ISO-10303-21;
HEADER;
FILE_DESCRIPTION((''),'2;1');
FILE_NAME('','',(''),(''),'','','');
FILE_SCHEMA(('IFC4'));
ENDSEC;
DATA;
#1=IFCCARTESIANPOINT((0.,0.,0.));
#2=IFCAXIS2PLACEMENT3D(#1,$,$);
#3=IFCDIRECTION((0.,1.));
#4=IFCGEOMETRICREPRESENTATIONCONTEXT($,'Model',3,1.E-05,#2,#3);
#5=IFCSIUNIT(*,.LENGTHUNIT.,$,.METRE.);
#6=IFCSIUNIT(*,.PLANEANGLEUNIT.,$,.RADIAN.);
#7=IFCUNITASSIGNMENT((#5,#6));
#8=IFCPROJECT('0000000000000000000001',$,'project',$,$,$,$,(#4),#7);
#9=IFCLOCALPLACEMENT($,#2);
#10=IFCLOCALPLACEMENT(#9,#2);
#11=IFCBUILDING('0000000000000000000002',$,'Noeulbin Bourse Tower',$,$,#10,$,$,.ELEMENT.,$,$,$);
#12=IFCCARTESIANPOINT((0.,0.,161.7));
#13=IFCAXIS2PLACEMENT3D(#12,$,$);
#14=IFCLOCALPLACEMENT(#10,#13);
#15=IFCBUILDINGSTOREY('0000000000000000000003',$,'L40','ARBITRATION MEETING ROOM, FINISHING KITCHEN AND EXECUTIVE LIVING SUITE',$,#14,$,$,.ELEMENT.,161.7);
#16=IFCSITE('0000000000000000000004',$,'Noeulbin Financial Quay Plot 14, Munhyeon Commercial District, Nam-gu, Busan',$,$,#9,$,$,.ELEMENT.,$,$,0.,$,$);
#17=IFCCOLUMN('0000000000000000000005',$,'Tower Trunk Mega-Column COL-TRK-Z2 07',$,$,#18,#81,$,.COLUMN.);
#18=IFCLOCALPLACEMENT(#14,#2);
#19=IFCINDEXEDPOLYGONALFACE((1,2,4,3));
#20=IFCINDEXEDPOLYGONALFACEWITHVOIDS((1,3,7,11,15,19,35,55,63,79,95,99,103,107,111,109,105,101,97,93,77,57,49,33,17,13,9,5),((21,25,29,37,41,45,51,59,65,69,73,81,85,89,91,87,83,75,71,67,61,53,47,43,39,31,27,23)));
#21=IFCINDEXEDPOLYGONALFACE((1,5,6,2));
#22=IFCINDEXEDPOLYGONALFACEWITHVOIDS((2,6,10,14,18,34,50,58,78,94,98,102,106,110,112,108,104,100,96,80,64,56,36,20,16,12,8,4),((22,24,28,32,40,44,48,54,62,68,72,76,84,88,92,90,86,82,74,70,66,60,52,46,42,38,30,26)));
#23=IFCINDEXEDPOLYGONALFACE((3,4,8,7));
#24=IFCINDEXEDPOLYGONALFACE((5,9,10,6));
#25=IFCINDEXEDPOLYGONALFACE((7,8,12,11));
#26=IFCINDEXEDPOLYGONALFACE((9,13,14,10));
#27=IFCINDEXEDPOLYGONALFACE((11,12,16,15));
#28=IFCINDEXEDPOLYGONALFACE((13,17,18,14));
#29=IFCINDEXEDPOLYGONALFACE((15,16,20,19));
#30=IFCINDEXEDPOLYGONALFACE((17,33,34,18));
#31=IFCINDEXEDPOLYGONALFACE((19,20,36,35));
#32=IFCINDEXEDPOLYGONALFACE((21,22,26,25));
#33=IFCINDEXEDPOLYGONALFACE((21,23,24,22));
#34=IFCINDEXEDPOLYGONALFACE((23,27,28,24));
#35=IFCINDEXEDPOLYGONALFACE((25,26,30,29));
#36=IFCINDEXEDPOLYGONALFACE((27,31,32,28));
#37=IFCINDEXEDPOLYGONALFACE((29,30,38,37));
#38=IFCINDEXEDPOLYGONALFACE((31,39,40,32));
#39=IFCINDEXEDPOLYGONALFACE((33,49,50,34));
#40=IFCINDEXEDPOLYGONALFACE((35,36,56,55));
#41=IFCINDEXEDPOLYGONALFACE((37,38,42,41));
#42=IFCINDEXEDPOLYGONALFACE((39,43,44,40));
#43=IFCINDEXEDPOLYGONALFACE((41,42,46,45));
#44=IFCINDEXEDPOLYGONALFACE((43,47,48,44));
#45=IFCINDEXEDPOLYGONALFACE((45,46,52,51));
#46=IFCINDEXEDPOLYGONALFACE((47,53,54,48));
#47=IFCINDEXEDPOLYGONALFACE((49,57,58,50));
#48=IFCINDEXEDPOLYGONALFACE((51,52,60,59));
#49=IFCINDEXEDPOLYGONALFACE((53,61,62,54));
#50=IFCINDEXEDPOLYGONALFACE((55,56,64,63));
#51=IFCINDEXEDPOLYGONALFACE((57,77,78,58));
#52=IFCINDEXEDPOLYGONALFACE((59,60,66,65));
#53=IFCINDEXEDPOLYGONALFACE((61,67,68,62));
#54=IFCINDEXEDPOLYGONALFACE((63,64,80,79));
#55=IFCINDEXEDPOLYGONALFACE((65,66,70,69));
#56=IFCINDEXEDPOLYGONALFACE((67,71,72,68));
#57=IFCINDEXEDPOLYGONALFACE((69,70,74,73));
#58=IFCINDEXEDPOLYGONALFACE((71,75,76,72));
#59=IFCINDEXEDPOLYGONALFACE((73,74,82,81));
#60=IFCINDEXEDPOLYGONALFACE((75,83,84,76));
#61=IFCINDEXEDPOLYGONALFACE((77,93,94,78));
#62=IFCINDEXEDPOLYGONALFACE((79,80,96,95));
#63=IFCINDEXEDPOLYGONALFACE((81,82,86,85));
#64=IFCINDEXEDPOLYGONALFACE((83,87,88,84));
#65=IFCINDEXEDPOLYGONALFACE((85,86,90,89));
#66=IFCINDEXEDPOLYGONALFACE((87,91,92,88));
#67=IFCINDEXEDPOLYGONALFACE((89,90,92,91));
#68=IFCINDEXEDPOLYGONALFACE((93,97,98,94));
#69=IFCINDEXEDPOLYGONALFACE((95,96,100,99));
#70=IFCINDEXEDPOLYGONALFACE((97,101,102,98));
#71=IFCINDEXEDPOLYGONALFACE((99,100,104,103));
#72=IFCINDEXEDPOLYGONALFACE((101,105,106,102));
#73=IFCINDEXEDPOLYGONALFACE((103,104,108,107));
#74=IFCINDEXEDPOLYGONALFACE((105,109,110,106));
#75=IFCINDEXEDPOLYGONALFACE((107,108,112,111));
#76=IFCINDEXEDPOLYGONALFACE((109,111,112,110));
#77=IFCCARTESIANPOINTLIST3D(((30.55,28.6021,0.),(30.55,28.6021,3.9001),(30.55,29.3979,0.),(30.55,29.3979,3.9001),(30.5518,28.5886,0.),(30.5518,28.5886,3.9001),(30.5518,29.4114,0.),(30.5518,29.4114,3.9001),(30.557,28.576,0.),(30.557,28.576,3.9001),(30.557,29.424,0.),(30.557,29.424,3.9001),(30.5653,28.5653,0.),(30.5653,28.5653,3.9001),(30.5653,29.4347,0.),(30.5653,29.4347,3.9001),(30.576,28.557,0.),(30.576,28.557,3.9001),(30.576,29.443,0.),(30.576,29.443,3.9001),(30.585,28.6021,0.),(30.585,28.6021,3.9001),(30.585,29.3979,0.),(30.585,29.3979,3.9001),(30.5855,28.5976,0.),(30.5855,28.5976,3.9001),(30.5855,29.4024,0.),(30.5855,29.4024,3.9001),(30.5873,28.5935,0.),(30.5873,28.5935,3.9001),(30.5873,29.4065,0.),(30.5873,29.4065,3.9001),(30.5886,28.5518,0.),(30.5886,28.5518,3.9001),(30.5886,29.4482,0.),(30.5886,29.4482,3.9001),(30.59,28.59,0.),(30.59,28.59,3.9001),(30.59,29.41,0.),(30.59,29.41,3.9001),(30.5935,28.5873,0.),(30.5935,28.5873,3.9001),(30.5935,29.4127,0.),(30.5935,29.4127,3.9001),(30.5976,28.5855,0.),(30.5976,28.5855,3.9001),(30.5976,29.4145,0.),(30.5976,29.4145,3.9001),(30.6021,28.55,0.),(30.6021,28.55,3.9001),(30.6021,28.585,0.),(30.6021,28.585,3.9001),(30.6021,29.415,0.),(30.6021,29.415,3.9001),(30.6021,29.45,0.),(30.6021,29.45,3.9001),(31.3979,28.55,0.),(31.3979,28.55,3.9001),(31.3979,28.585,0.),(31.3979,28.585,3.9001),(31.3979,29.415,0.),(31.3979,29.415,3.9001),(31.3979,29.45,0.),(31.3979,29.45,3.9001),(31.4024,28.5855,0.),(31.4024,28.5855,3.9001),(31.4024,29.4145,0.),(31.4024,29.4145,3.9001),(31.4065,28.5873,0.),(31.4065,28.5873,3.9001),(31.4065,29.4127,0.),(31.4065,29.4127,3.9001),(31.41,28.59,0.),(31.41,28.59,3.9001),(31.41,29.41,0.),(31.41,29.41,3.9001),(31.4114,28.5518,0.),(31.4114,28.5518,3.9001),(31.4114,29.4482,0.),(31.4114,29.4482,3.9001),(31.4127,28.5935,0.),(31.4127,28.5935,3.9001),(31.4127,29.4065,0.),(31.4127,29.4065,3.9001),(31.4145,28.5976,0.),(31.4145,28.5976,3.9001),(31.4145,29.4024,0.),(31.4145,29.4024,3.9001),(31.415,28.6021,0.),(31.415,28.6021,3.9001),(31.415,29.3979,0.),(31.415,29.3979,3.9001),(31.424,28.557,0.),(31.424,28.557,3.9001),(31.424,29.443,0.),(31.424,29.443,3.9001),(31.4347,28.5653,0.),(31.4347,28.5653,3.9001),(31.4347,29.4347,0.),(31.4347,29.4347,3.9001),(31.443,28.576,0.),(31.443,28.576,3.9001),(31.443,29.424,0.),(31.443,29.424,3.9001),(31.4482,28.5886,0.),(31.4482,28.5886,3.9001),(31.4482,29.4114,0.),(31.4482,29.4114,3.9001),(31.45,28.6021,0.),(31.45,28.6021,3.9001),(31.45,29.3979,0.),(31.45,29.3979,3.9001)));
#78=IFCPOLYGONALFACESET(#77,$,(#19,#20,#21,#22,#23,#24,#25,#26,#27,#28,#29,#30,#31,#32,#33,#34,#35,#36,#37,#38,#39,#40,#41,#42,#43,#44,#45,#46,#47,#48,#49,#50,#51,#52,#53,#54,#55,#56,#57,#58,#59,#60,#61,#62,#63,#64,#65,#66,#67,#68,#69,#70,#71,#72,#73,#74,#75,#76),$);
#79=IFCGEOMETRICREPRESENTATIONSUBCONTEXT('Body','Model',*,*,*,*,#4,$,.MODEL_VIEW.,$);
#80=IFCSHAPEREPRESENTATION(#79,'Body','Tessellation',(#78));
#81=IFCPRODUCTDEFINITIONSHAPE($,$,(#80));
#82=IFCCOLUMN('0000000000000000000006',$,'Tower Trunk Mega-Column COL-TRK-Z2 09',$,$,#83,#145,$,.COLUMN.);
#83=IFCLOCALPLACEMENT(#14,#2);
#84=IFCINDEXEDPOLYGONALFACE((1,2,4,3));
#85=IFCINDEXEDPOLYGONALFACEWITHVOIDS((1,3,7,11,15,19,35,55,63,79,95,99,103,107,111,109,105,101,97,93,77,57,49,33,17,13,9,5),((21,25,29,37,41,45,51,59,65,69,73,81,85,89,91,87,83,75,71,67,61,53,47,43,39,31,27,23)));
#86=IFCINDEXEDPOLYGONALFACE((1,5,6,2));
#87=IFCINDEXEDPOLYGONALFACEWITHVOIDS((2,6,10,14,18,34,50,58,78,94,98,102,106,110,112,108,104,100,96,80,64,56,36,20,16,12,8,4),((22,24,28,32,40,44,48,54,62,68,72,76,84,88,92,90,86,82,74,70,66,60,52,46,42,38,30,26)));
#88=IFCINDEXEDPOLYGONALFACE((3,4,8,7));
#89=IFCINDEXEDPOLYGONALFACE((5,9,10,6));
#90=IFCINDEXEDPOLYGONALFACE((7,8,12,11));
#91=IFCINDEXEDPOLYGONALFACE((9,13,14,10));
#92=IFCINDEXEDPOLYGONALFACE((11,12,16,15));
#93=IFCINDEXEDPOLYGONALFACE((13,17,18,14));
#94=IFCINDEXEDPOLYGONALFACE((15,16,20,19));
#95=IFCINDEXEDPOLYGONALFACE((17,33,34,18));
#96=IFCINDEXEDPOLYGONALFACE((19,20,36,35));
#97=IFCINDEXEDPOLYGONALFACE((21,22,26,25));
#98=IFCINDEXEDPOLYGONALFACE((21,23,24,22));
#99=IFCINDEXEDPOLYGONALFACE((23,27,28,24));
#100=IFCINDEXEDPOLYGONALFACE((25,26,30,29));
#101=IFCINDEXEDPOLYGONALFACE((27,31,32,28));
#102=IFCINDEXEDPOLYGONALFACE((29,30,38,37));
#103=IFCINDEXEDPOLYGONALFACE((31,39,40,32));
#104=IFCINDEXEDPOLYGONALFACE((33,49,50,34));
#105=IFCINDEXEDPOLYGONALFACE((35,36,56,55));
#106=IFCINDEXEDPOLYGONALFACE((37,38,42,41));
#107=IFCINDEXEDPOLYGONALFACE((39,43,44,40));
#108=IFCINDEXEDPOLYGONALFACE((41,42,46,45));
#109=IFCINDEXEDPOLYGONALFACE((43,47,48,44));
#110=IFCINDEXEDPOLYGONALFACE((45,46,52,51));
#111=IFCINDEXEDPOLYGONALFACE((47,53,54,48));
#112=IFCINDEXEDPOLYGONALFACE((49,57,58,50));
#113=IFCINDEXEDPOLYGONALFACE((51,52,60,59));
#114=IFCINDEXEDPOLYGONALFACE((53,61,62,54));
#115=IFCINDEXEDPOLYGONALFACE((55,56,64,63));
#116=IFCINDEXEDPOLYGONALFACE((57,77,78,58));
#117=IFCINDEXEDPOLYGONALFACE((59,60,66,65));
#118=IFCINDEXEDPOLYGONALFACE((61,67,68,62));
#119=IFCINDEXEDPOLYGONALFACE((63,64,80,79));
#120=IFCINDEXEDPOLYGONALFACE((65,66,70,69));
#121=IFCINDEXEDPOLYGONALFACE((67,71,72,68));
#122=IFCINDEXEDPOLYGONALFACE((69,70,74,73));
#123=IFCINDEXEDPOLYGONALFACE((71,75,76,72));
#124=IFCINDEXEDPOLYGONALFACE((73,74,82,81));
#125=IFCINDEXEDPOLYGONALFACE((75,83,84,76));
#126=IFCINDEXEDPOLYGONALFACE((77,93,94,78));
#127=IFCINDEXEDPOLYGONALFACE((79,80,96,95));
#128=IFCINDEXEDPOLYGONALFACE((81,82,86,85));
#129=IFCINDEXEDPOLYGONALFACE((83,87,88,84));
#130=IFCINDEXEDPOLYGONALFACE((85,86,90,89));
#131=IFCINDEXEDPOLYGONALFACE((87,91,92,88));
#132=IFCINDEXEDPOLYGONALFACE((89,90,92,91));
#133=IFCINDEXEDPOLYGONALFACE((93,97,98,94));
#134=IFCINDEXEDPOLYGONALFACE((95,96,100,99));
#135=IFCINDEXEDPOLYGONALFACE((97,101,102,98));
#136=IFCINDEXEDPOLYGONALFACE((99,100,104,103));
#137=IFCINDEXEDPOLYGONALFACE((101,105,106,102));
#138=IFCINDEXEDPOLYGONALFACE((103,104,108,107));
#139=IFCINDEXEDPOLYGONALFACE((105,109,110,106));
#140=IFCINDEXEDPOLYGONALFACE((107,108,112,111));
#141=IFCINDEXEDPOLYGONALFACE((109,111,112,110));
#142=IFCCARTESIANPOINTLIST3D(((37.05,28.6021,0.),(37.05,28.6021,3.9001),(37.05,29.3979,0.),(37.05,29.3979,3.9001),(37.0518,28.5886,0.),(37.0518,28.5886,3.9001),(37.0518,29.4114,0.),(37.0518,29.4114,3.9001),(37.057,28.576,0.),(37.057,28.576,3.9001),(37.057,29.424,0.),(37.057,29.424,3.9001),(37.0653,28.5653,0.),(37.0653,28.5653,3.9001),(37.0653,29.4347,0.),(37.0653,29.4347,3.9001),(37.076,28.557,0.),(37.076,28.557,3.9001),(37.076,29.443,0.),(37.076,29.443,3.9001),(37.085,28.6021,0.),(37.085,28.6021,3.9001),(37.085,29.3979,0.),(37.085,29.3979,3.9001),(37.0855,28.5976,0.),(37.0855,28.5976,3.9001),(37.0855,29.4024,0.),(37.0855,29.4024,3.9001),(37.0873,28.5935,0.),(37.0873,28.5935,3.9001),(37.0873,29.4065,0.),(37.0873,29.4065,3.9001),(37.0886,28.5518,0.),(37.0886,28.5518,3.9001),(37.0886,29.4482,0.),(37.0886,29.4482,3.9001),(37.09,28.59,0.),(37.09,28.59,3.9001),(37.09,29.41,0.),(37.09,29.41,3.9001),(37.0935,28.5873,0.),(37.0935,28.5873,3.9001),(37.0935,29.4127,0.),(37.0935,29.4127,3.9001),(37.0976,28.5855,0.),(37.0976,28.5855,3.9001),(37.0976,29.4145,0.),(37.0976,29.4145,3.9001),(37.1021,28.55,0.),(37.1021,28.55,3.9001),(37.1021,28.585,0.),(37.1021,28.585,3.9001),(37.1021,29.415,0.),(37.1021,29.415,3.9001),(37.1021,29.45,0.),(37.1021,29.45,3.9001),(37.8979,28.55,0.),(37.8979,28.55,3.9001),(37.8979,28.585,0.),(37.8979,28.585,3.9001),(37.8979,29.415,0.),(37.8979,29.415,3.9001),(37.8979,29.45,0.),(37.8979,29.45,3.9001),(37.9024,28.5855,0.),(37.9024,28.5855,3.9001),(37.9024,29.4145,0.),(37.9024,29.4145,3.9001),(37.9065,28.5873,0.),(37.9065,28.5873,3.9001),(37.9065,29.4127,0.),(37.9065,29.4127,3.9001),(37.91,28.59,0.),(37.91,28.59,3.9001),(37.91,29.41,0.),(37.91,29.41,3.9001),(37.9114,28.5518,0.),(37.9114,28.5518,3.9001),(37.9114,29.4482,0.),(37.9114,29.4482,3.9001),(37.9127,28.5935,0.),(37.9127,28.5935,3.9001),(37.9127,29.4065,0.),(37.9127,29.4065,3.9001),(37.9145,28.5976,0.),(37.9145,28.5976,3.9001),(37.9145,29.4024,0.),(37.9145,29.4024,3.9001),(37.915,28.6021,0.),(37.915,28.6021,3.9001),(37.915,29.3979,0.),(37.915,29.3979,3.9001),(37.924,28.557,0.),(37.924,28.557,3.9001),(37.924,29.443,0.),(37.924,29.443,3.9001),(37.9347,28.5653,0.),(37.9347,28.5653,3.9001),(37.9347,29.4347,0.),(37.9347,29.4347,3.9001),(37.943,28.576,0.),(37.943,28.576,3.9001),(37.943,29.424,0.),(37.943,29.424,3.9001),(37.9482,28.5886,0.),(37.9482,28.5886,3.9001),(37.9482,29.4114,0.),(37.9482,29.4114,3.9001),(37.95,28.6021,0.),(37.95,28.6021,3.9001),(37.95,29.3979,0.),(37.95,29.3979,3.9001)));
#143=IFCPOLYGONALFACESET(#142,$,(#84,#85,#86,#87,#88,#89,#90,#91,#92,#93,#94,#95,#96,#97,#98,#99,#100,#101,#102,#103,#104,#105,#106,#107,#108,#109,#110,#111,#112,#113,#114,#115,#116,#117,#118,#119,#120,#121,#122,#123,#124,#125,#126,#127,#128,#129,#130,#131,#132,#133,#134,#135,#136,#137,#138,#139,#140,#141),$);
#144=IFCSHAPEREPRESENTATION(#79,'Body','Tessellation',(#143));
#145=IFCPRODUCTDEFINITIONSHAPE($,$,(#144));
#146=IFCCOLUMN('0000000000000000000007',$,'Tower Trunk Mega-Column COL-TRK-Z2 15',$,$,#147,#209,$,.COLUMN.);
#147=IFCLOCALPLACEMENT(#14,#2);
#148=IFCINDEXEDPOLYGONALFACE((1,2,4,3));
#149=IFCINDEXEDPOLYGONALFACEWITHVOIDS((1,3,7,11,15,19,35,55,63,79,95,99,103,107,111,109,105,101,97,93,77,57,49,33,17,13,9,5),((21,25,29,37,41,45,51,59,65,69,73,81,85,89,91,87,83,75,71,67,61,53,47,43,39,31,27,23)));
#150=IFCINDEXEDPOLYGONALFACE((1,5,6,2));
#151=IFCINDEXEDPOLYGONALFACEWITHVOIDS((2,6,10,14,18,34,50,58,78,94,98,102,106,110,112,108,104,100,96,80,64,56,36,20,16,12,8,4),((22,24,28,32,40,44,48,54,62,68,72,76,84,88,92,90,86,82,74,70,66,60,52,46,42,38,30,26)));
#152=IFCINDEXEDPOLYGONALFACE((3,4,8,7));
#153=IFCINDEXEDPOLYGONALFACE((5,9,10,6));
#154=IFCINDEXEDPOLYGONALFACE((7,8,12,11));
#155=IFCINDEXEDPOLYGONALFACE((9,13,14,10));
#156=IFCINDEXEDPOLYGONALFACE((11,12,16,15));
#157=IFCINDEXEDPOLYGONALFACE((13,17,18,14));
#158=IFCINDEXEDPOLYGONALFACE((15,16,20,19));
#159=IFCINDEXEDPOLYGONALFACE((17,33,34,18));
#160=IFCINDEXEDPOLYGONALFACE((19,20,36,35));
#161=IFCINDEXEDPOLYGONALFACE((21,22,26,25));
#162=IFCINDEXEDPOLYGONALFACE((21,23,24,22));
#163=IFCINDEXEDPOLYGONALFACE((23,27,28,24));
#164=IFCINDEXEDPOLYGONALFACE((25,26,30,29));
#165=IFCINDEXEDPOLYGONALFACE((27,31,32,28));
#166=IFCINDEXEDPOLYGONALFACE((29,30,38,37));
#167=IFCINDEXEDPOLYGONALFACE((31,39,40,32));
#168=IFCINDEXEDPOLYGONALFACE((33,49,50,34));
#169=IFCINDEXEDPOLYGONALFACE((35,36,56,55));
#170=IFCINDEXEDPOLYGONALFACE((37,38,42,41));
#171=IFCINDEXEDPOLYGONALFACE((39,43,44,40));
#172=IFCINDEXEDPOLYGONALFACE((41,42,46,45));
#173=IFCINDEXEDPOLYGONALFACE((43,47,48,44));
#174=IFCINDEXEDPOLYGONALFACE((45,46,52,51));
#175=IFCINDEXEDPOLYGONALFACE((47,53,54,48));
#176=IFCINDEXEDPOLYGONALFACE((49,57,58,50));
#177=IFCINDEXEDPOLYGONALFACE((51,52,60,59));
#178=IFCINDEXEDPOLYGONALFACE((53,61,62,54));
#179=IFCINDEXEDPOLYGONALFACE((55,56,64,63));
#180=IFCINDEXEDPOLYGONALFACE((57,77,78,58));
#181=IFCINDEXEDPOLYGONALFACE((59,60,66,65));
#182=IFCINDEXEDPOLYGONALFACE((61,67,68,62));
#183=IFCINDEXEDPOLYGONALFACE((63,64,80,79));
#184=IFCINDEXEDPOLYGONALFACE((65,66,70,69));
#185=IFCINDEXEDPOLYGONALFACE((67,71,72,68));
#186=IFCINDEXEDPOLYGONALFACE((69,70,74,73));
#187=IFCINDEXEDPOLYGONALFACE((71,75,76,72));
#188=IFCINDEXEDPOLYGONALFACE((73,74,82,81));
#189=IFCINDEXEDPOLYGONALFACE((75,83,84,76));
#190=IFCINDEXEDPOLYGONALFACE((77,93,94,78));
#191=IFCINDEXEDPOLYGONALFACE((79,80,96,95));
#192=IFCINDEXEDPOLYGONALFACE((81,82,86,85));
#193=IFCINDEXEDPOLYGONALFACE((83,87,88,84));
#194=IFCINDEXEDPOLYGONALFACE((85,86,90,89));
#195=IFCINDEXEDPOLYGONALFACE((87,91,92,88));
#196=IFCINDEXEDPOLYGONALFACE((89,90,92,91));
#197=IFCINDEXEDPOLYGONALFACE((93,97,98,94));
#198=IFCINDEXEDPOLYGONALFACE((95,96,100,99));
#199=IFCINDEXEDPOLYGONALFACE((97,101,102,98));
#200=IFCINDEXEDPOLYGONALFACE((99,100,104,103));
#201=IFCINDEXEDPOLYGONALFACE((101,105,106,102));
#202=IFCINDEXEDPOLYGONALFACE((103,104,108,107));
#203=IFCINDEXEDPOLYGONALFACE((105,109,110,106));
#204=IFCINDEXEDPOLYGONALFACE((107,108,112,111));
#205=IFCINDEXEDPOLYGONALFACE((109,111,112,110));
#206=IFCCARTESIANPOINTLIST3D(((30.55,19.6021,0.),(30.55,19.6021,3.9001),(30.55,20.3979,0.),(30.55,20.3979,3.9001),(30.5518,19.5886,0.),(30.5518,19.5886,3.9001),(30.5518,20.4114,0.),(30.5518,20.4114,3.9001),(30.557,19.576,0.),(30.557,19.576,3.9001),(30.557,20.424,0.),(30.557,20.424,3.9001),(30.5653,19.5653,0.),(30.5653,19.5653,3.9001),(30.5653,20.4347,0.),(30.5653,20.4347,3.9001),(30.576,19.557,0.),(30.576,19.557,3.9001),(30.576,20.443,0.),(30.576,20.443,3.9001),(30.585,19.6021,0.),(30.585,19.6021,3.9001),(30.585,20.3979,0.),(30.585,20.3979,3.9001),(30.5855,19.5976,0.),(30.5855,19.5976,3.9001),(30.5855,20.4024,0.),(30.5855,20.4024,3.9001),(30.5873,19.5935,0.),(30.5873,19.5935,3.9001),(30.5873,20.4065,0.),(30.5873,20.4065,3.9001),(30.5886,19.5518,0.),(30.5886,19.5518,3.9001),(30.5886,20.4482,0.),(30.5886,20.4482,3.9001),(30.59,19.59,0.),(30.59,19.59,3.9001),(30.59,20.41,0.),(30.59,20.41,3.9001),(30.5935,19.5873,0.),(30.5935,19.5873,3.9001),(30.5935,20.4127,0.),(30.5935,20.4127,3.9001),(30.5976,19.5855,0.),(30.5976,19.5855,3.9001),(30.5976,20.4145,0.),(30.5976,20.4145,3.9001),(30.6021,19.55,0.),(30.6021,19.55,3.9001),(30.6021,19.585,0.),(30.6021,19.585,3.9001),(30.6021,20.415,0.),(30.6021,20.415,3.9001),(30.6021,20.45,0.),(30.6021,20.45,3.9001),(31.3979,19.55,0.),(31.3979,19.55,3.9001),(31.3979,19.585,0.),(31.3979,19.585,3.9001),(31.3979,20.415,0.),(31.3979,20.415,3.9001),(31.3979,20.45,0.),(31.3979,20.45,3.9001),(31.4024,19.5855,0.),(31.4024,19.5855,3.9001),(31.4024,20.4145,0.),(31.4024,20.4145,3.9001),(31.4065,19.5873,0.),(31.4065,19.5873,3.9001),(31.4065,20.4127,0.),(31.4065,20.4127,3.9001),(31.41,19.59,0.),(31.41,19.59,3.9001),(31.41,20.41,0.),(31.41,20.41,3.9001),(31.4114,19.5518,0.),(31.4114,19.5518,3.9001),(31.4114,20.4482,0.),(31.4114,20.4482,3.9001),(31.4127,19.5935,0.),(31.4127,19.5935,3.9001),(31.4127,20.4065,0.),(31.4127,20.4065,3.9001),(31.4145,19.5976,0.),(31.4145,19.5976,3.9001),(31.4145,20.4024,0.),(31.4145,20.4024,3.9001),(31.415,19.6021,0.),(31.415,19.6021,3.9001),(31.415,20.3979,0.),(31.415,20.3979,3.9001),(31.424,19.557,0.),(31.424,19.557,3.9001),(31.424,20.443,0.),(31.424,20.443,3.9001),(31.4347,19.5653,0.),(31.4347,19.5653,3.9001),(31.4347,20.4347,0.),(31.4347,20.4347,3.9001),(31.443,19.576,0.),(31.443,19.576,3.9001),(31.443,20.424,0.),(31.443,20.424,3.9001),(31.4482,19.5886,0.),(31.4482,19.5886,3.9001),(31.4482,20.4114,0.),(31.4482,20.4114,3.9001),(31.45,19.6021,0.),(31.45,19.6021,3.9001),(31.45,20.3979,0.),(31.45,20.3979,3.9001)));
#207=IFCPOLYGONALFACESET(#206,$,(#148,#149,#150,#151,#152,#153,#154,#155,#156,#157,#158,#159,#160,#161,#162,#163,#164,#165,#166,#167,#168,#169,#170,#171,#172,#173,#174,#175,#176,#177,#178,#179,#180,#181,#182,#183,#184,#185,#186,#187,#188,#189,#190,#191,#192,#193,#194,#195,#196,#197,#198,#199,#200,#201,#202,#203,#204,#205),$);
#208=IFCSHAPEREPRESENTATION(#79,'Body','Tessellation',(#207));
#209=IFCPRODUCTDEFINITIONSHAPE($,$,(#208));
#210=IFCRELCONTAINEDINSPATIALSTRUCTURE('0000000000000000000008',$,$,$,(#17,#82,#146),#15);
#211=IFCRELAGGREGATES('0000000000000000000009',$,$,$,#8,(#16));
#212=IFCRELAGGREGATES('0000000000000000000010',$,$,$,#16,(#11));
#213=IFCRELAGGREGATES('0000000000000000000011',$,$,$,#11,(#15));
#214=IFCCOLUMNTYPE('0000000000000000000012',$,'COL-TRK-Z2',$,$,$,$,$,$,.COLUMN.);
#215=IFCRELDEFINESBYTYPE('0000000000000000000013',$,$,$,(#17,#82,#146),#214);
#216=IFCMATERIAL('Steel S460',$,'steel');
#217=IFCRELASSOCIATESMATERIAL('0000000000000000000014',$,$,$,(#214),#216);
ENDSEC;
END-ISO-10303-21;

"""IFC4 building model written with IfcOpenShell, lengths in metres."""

from ifc_helpers import new_model, si_unit, direction, frame, origin, origin_2d, place, context, subcontext, project, spatial, hollow_rectangle, extrude, material, material_profile, profile_set, type_object, element, save


model = new_model("IFC4")

# Units and contexts
model_context = context("Model", 3, precision=1e-05, world=origin(), true_north=direction((0.0, 1.0)))
body_context = subcontext(model_context, "Body", "Model", "MODEL_VIEW")
ifc_project = project(units=[si_unit("LENGTHUNIT", "METRE"), si_unit("PLANEANGLEUNIT", "RADIAN")], contexts=[model_context])

# Site, building, storey
site_placement = place(None, origin())
site = spatial("IfcSite", under=ifc_project, at=site_placement, Name="Noeulbin Financial Quay Plot 14, Munhyeon Commercial District, Nam-gu, Busan", CompositionType="ELEMENT", RefElevation=0.0)
building_placement = place(site_placement, origin())
building = spatial("IfcBuilding", under=site, at=building_placement, Name="Noeulbin Bourse Tower", CompositionType="ELEMENT")
storey_placement = place(building_placement, frame((0.0, 0.0, 161.7)))
storey = spatial("IfcBuildingStorey", under=building, at=storey_placement, Name="L40", Description="ARBITRATION MEETING ROOM, FINISHING KITCHEN AND EXECUTIVE LIVING SUITE", CompositionType="ELEMENT", Elevation=161.7)

# Columns
ifc_material_1 = material(Name="Steel S460", Category="steel")
ifc_material_profile_1 = material_profile(ifc_material_1, hollow_rectangle(XDim=0.8999, YDim=0.8999, WallThickness=0.0349, InnerFilletRadius=0.0171, OuterFilletRadius=0.052, at=origin_2d()), Name="BOX-900x900x35", Category="LoadBearing")
ifc_profile_set_1 = profile_set([ifc_material_profile_1], Name="Steel S460")
column_type = type_object("IfcColumnType", Name="COL-TRK-Z2", PredefinedType="COLUMN", material=ifc_profile_set_1)
for number, where, z_axis, x_axis, name in (
    (1, (31.0, 29.0, 0.0), (0.0, 0.0, 1.0), (1.0, 0.0, 0.0), "Tower Trunk Mega-Column COL-TRK-Z2 07"),
    (2, (37.5, 29.0, 0.0), (0.0, 0.0, 1.0), (1.0, 0.0, 0.0), "Tower Trunk Mega-Column COL-TRK-Z2 09"),
    (3, (31.0, 20.0, 0.0), (0.0, 0.0, 1.0), (1.0, 0.0, 0.0), "Tower Trunk Mega-Column COL-TRK-Z2 15"),
):
    element("IfcColumn", number, at=place(storey_placement, frame(where, z_axis=z_axis, x_axis=x_axis)), inside=storey, type_object=column_type, Name=name, PredefinedType="COLUMN", context=body_context, shape_type="SweptSolid", body=[
        extrude(hollow_rectangle(XDim=0.8999, YDim=0.8999, WallThickness=0.0349, InnerFilletRadius=0.0171, OuterFilletRadius=0.052, at=origin_2d()), origin(), (0.0, 0.0, 1.0), 3.9001),
    ])

save(model, "model.ifc")
